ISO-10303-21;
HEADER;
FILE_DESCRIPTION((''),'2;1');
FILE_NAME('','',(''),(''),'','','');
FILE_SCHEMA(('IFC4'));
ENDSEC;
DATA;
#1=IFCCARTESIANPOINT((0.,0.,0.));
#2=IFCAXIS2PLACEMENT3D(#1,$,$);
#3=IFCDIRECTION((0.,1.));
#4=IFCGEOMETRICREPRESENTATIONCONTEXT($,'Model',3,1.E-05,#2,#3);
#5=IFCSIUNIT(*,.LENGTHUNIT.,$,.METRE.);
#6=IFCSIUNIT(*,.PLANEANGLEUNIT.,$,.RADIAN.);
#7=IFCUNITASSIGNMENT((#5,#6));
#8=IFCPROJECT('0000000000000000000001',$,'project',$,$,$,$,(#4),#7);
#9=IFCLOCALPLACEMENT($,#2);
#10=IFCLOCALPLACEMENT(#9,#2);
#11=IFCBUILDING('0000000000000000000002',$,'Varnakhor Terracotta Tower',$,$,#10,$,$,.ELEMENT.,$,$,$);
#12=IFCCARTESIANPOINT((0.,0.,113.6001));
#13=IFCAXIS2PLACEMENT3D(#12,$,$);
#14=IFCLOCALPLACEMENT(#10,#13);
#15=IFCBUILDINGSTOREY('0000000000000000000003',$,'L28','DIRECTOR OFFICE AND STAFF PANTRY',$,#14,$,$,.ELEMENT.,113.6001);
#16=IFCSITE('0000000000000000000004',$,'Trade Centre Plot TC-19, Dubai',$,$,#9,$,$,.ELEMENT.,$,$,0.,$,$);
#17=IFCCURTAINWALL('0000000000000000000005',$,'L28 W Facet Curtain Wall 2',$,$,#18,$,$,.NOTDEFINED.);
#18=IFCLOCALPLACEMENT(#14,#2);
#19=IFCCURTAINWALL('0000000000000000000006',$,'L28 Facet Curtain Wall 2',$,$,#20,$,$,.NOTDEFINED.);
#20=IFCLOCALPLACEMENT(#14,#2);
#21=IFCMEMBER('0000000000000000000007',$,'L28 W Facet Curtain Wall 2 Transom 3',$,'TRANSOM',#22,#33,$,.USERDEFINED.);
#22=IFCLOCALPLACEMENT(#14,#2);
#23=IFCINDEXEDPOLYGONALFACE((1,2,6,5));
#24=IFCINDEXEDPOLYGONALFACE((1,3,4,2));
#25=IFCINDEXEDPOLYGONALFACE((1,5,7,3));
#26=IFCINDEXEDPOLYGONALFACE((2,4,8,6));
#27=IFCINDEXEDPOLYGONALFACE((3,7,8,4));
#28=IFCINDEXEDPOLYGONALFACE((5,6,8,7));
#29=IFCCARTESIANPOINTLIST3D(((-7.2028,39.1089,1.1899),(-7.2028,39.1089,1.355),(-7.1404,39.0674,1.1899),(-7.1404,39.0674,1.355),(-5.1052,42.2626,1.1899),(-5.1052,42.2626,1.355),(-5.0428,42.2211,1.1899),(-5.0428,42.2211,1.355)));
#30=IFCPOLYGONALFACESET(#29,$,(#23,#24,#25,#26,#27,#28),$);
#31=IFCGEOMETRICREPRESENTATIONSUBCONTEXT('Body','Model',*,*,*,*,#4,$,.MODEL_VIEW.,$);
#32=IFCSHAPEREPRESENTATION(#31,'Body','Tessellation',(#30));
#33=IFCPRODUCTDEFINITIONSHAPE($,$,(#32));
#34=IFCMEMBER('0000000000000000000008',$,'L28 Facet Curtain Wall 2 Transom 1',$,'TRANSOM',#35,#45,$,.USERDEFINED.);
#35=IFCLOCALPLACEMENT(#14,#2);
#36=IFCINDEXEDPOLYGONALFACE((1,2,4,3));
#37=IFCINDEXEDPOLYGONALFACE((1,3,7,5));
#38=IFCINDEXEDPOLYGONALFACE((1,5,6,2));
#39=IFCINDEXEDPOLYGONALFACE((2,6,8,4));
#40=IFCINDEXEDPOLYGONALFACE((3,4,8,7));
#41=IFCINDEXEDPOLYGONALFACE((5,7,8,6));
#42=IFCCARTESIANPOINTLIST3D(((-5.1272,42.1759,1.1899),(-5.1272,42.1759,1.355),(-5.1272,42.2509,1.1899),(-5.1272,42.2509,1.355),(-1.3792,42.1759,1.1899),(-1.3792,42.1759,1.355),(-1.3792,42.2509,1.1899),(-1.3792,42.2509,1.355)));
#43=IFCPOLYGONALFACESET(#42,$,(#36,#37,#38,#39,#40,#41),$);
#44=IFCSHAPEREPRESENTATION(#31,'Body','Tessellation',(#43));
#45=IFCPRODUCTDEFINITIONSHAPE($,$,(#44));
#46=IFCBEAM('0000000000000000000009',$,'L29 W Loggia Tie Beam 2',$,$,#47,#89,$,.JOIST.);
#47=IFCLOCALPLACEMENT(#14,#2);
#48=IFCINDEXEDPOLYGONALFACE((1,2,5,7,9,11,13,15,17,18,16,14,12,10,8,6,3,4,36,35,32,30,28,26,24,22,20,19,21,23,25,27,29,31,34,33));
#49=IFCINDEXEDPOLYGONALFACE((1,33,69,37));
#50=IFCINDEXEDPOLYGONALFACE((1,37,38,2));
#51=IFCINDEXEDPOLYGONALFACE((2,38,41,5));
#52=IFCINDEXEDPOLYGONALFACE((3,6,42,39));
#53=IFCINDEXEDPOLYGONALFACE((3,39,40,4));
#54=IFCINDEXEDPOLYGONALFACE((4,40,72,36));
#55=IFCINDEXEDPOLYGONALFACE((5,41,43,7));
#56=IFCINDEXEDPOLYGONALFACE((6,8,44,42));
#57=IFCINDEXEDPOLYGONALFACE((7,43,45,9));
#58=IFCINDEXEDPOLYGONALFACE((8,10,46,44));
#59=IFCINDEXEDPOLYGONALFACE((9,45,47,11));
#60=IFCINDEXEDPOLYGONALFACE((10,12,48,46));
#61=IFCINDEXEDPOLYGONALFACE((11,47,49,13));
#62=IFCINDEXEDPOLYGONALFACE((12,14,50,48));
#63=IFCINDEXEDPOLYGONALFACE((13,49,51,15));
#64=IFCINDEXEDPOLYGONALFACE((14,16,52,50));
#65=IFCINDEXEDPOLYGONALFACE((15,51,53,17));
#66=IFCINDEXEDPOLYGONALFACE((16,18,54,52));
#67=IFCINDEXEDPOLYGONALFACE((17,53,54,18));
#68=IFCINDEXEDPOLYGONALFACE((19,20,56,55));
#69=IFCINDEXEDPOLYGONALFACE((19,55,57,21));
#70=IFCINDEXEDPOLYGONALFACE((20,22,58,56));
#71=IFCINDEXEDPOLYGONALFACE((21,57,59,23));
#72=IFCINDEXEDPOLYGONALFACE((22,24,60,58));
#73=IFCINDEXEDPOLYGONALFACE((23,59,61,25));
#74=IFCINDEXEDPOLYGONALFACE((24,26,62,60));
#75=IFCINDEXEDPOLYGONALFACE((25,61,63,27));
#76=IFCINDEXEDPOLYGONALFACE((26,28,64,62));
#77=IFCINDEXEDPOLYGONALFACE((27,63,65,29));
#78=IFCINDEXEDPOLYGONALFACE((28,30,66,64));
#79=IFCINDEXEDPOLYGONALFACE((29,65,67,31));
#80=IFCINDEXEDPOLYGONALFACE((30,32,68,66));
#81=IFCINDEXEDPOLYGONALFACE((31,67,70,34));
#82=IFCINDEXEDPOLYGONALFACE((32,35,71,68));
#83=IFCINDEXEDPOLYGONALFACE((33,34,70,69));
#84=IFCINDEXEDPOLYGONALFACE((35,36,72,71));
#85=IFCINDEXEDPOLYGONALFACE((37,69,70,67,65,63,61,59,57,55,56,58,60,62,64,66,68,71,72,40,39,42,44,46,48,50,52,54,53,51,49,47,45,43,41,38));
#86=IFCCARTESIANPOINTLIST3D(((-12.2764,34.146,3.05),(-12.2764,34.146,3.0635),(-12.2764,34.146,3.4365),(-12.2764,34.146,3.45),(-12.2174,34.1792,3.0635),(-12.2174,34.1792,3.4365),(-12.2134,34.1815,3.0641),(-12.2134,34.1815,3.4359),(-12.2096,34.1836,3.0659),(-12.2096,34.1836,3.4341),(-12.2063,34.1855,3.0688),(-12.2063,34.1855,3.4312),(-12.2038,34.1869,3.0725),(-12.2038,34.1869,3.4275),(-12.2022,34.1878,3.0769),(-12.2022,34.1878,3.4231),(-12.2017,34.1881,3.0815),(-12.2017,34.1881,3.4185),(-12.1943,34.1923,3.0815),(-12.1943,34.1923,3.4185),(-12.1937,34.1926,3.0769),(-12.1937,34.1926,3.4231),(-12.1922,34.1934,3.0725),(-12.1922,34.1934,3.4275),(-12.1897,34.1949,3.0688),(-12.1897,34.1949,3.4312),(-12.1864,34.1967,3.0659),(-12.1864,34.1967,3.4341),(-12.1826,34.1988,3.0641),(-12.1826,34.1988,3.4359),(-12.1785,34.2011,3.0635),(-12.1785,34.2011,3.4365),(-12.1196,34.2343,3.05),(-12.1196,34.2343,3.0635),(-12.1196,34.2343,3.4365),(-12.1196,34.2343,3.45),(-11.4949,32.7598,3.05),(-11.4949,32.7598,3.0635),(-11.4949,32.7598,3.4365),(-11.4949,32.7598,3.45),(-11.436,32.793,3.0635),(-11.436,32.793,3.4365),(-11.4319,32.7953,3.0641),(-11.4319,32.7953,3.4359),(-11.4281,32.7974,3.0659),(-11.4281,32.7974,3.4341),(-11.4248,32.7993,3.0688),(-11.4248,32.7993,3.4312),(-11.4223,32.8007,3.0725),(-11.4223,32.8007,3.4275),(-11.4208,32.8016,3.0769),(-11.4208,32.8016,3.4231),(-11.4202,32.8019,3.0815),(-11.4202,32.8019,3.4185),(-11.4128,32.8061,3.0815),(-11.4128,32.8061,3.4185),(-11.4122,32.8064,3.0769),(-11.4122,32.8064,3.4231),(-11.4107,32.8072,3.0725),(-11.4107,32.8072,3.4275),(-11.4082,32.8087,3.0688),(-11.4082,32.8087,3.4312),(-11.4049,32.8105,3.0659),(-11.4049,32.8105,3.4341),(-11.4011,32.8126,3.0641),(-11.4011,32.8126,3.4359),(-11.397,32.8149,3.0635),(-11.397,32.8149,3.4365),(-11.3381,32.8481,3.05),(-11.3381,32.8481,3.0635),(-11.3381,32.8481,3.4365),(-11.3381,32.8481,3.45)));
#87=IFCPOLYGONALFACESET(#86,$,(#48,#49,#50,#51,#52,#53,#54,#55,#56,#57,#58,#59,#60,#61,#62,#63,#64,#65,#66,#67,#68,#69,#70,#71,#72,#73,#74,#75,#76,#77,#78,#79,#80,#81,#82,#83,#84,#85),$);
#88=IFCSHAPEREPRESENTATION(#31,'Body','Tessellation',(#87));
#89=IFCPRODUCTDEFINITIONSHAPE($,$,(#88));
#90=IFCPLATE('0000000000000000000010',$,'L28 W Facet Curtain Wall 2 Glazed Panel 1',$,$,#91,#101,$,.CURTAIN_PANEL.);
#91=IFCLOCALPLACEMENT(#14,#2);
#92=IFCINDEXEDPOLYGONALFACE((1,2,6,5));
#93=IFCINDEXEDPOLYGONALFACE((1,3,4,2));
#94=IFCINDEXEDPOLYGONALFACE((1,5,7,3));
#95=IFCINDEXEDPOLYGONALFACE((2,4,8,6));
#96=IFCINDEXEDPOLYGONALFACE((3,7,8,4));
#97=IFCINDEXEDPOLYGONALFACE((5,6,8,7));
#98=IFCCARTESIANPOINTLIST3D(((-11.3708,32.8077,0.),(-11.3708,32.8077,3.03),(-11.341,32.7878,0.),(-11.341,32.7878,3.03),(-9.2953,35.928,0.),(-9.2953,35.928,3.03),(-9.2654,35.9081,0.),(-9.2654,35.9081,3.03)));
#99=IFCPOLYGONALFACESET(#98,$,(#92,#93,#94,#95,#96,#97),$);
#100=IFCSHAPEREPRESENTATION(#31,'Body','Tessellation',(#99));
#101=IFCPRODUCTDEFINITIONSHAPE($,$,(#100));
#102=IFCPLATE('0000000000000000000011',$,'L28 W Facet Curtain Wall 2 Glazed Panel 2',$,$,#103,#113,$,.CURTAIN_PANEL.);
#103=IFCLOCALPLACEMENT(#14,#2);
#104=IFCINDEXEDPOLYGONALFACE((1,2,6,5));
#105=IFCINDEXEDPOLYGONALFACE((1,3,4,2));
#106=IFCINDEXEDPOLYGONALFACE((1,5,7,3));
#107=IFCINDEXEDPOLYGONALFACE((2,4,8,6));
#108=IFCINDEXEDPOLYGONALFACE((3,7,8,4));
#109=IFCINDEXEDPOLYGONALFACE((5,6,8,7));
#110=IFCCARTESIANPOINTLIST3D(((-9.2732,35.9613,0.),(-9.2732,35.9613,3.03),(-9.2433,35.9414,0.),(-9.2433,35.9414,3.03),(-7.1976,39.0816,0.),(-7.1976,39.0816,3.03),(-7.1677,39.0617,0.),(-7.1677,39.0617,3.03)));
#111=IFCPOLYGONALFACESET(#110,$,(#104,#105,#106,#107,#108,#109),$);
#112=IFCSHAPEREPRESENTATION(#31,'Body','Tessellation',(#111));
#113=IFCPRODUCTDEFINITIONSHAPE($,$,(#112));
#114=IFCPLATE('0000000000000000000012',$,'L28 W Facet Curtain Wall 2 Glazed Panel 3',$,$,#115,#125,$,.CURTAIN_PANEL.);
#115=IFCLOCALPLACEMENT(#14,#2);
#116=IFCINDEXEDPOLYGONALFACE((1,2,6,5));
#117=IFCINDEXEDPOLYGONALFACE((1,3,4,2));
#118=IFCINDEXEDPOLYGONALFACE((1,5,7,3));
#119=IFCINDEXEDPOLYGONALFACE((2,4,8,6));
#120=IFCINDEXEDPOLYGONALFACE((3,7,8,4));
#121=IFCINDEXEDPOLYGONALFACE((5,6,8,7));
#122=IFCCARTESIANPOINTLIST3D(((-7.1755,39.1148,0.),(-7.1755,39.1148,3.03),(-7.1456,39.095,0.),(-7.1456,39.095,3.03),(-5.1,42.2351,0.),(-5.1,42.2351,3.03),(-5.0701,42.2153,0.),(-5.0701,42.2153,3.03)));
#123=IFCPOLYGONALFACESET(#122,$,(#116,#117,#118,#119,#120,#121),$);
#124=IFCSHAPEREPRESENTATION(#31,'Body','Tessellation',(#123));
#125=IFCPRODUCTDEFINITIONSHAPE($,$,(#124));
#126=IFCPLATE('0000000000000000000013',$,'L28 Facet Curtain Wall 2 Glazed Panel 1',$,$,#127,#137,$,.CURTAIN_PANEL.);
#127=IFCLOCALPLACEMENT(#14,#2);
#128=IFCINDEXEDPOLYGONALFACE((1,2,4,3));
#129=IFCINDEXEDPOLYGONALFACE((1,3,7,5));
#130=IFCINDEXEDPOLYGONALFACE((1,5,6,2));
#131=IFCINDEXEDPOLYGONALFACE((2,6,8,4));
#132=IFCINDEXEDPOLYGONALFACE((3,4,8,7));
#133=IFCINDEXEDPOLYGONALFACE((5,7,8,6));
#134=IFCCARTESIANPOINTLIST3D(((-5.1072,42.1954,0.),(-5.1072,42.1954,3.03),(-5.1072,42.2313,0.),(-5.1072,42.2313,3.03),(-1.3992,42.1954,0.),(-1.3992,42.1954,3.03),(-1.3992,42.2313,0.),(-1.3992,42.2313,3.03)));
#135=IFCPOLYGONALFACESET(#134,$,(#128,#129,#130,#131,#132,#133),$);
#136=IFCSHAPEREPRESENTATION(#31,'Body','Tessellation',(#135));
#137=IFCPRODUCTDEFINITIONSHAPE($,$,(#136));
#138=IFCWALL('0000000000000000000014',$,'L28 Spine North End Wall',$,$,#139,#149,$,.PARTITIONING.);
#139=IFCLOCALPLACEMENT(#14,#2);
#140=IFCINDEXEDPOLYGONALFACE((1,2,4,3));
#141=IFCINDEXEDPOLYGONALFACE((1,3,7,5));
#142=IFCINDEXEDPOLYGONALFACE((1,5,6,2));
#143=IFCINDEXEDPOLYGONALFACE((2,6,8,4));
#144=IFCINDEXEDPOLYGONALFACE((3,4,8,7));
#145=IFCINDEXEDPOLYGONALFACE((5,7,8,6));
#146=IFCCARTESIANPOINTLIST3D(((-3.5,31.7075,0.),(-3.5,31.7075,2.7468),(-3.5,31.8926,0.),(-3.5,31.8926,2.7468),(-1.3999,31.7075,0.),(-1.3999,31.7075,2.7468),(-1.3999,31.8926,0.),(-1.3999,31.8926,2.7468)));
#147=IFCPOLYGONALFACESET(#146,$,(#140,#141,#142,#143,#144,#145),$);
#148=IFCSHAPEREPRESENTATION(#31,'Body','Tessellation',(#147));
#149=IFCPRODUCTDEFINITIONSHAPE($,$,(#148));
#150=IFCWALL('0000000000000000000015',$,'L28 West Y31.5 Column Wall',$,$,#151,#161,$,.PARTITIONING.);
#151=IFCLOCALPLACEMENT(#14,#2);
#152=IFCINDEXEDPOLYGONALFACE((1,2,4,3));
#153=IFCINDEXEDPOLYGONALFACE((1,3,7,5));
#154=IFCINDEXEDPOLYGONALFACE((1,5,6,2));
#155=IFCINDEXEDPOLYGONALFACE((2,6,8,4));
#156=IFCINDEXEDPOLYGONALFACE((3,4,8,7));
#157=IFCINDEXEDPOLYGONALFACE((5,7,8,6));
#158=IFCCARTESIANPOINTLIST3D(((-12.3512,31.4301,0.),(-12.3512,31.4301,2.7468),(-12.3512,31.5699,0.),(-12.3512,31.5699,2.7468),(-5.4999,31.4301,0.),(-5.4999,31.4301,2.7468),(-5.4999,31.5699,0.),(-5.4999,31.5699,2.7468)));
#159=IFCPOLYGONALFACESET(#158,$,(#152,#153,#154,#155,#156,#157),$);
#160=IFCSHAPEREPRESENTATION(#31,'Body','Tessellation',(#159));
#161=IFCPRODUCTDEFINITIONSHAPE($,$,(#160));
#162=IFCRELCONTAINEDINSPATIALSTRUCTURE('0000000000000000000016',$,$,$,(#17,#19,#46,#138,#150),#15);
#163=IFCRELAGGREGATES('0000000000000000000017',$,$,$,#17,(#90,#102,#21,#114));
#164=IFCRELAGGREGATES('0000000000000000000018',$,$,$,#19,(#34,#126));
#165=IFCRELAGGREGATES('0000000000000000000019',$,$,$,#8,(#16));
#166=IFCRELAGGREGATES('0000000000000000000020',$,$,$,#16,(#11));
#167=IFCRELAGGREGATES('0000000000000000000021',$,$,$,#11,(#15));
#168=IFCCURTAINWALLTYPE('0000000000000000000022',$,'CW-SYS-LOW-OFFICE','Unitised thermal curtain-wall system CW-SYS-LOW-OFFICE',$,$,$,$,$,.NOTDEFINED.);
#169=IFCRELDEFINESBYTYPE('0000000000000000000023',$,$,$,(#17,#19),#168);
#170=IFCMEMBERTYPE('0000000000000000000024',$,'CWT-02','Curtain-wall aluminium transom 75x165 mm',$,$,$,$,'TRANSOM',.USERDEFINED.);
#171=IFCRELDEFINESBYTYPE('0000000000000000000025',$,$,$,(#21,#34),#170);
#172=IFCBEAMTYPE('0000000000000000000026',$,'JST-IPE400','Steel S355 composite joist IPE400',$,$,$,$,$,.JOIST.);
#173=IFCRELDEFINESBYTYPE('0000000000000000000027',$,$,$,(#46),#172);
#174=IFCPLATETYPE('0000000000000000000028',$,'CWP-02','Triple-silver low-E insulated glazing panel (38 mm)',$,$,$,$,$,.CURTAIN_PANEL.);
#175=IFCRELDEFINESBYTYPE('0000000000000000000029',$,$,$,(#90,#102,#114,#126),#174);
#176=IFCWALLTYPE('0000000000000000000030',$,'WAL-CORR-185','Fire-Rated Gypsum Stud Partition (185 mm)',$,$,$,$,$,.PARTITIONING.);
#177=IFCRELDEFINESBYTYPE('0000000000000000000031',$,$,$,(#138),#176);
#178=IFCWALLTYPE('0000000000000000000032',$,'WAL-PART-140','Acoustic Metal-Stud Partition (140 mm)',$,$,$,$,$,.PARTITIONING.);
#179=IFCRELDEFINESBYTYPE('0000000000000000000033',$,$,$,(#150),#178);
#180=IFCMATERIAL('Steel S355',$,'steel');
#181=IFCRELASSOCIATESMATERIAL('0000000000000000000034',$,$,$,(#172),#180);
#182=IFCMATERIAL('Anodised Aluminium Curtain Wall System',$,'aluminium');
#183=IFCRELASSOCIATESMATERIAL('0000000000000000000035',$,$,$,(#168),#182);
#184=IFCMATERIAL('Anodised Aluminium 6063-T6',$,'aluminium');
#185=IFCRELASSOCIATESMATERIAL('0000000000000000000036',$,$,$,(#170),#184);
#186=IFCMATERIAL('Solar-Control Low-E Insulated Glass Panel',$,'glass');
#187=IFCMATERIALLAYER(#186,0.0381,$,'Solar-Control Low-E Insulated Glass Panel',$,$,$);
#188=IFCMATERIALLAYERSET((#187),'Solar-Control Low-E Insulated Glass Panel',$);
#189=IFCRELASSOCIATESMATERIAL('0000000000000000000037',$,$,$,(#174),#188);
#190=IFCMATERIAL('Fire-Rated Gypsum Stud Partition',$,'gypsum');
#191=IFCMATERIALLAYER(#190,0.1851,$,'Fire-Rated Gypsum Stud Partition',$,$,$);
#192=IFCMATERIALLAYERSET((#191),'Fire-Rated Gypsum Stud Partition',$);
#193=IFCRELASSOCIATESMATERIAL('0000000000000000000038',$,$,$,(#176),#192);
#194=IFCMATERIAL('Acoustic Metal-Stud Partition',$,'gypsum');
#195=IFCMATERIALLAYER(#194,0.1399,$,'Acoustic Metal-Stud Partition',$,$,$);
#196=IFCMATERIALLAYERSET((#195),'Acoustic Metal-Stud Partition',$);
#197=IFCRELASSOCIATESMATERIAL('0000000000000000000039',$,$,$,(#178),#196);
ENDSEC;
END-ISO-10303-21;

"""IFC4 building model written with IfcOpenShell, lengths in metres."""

from ifc_helpers import new_model, si_unit, direction, frame, frame_2d, origin, origin_2d, place, context, subcontext, project, spatial, rectangle, i_section, extrude, source, transform, mapped, material, layer, layer_set, material_profile, profile_set, type_object, element, aggregate, save


model = new_model("IFC4")

# Units and contexts
model_context = context("Model", 3, precision=1e-05, world=origin(), true_north=direction((0.0, 1.0)))
body_context = subcontext(model_context, "Body", "Model", "MODEL_VIEW")
ifc_project = project(units=[si_unit("LENGTHUNIT", "METRE"), si_unit("PLANEANGLEUNIT", "RADIAN")], contexts=[model_context])

# Site, building, storey
site_placement = place(None, origin())
site = spatial("IfcSite", under=ifc_project, at=site_placement, Name="Trade Centre Plot TC-19, Dubai", CompositionType="ELEMENT", RefElevation=0.0)
building_placement = place(site_placement, origin())
building = spatial("IfcBuilding", under=site, at=building_placement, Name="Varnakhor Terracotta Tower", CompositionType="ELEMENT")
storey_placement = place(building_placement, frame((0.0, 0.0, 113.6001)))
storey = spatial("IfcBuildingStorey", under=building, at=storey_placement, Name="L28", Description="DIRECTOR OFFICE AND STAFF PANTRY", CompositionType="ELEMENT", Elevation=113.6001)

# Shared definitions
ifc_material_1 = material(Name="Steel S355", Category="steel")
ifc_material_profile_1 = material_profile(ifc_material_1, i_section(OverallWidth=0.1799, OverallDepth=0.3999, WebThickness=0.0085, FlangeThickness=0.0134, FilletRadius=0.0181, at=origin_2d()), Name="IPE400")
ifc_profile_set_1 = profile_set([ifc_material_profile_1], Name="Steel S355")
beam_type_1 = type_object("IfcBeamType", Name="JST-IPE400", Description="Steel S355 composite joist IPE400", PredefinedType="JOIST", material=ifc_profile_set_1)

# Curtain wall
ifc_material_2 = material(Name="Anodised Aluminium Curtain Wall System", Category="aluminium")
curtain_wall_type = type_object("IfcCurtainWallType", Name="CW-SYS-LOW-OFFICE", Description="Unitised thermal curtain-wall system CW-SYS-LOW-OFFICE", PredefinedType="NOTDEFINED", material=ifc_material_2)
curtain_wall_1_placement = place(storey_placement, origin())
curtain_wall_1 = element("IfcCurtainWall", 1, at=curtain_wall_1_placement, inside=storey, type_object=curtain_wall_type, Name="L28 W Facet Curtain Wall 2", PredefinedType="NOTDEFINED")
ifc_material_3 = material(Name="Anodised Aluminium 6063-T6", Category="aluminium")

# Curtain wall
curtain_wall_2_placement = place(storey_placement, origin())
curtain_wall_2 = element("IfcCurtainWall", 2, at=curtain_wall_2_placement, inside=storey, type_object=curtain_wall_type, Name="L28 Facet Curtain Wall 2", PredefinedType="NOTDEFINED")

# Members
ifc_material_profile_2 = material_profile(ifc_material_3, rectangle(XDim=0.075, YDim=0.165, at=origin_2d()), Name="ALU TRANSOM 75x165")
ifc_profile_set_2 = profile_set([ifc_material_profile_2], Name="Anodised Aluminium 6063-T6")
member_type_1 = type_object("IfcMemberType", Name="CWT-02", Description="Curtain-wall aluminium transom 75x165 mm", ElementType="TRANSOM", PredefinedType="USERDEFINED", material=ifc_profile_set_2)
shared_shape_1 = source(origin(), body_context, "Body", "SweptSolid", [
    extrude(rectangle(XDim=0.075, YDim=0.165, at=origin_2d()), origin(), (0.0, 0.0, 1.0), 3.7876),
])
member_1_placement = place(storey_placement, frame((-7.1716, 39.0881, 1.2725), z_axis=(0.553807, 0.832645, 0.0), x_axis=(-0.832645, 0.553807, 0.0)))
member_1 = element("IfcMember", 3, at=member_1_placement, type_object=member_type_1, Name="L28 W Facet Curtain Wall 2 Transom 3", ObjectType="TRANSOM", PredefinedType="USERDEFINED", context=body_context, shape_type="MappedRepresentation", body=[
    mapped(shared_shape_1, transform((0.0, 0.0, 0.0), scale=1.0)),
])
shared_shape_2 = source(origin(), body_context, "Body", "SweptSolid", [
    extrude(rectangle(XDim=0.075, YDim=0.165, at=origin_2d()), origin(), (0.0, 0.0, 1.0), 3.748),
])
member_2_placement = place(storey_placement, frame((-5.1272, 42.2134, 1.2725), z_axis=(1.0, 0.0, 0.0), x_axis=(0.0, 1.0, 0.0)))
member_2 = element("IfcMember", 4, at=member_2_placement, type_object=member_type_1, Name="L28 Facet Curtain Wall 2 Transom 1", ObjectType="TRANSOM", PredefinedType="USERDEFINED", context=body_context, shape_type="MappedRepresentation", body=[
    mapped(shared_shape_2, transform((0.0, 0.0, 0.0), scale=1.0)),
])

# Beam
shared_shape_3 = source(origin(), body_context, "Body", "SweptSolid", [
    extrude(i_section(OverallWidth=0.1799, OverallDepth=0.3999, WebThickness=0.0085, FlangeThickness=0.0134, FilletRadius=0.0181, at=origin_2d()), origin(), (0.0, 0.0, 1.0), 1.5913),
])
beam_1_placement = place(storey_placement, frame((-11.4165, 32.804, 3.25), z_axis=(-0.491091, 0.871108, 0.0), x_axis=(-0.871108, -0.491091, 0.0)))
element("IfcBeam", 5, at=beam_1_placement, inside=storey, type_object=beam_type_1, Name="L29 W Loggia Tie Beam 2", PredefinedType="JOIST", context=body_context, shape_type="MappedRepresentation", body=[
    mapped(shared_shape_3, transform((0.0, 0.0, 0.0), scale=1.0)),
])

# Plates
ifc_material_4 = material(Name="Solar-Control Low-E Insulated Glass Panel", Category="glass")
ifc_layer_1 = layer(ifc_material_4, 0.0381, Name="Solar-Control Low-E Insulated Glass Panel")
ifc_layer_set_1 = layer_set([ifc_layer_1], Name="Solar-Control Low-E Insulated Glass Panel")
plate_type = type_object("IfcPlateType", Name="CWP-02", Description="Triple-silver low-E insulated glazing panel (38 mm)", PredefinedType="CURTAIN_PANEL", material=ifc_layer_set_1)
shared_shape_4 = source(origin(), body_context, "Body", "SweptSolid", [
    extrude(rectangle(XDim=3.7476, YDim=0.0359, at=origin_2d()), origin(), (0.0, 0.0, 1.0), 3.03),
])
plate_1_placement = place(storey_placement, frame((-10.3181, 34.3579, 0.0), z_axis=(0.0, 0.0, 1.0), x_axis=(0.553842, 0.832622, 0.0)))
plate_1 = element("IfcPlate", 6, at=plate_1_placement, type_object=plate_type, Name="L28 W Facet Curtain Wall 2 Glazed Panel 1", PredefinedType="CURTAIN_PANEL", context=body_context, shape_type="MappedRepresentation", body=[
    mapped(shared_shape_4, transform((0.0, 0.0, 0.0), scale=1.0)),
])
plate_2_placement = place(storey_placement, frame((-8.2205, 37.5115, 0.0), z_axis=(0.0, 0.0, 1.0), x_axis=(0.553842, 0.832622, 0.0)))
plate_2 = element("IfcPlate", 7, at=plate_2_placement, type_object=plate_type, Name="L28 W Facet Curtain Wall 2 Glazed Panel 2", PredefinedType="CURTAIN_PANEL", context=body_context, shape_type="MappedRepresentation", body=[
    mapped(shared_shape_4, transform((0.0, 0.0, 0.0), scale=1.0)),
])
plate_3_placement = place(storey_placement, frame((-6.1228, 40.665, 0.0), z_axis=(0.0, 0.0, 1.0), x_axis=(0.553842, 0.832622, 0.0)))
plate_3 = element("IfcPlate", 8, at=plate_3_placement, type_object=plate_type, Name="L28 W Facet Curtain Wall 2 Glazed Panel 3", PredefinedType="CURTAIN_PANEL", context=body_context, shape_type="MappedRepresentation", body=[
    mapped(shared_shape_4, transform((0.0, 0.0, 0.0), scale=1.0)),
])
aggregate(curtain_wall_1, [plate_1, plate_2, member_1, plate_3])
shared_shape_5 = source(origin(), body_context, "Body", "SweptSolid", [
    extrude(rectangle(XDim=3.708, YDim=0.0359, at=origin_2d()), origin(), (0.0, 0.0, 1.0), 3.03),
])
plate_4_placement = place(storey_placement, frame((-3.2532, 42.2134, 0.0), z_axis=(0.0, 0.0, 1.0), x_axis=(1.0, 0.0, 0.0)))
plate_4 = element("IfcPlate", 9, at=plate_4_placement, type_object=plate_type, Name="L28 Facet Curtain Wall 2 Glazed Panel 1", PredefinedType="CURTAIN_PANEL", context=body_context, shape_type="MappedRepresentation", body=[
    mapped(shared_shape_5, transform((0.0, 0.0, 0.0), scale=1.0)),
])
aggregate(curtain_wall_2, [member_2, plate_4])

# Walls
ifc_material_5 = material(Name="Fire-Rated Gypsum Stud Partition", Category="gypsum")
ifc_layer_2 = layer(ifc_material_5, 0.1851, Name="Fire-Rated Gypsum Stud Partition")
ifc_layer_set_2 = layer_set([ifc_layer_2], Name="Fire-Rated Gypsum Stud Partition")
wall_type_1 = type_object("IfcWallType", Name="WAL-CORR-185", Description="Fire-Rated Gypsum Stud Partition (185 mm)", PredefinedType="PARTITIONING", material=ifc_layer_set_2)
wall_1_placement = place(storey_placement, frame((-3.5, 31.8, 0.0), z_axis=(0.0, 0.0, 1.0), x_axis=(1.0, 0.0, 0.0)))
element("IfcWall", 10, at=wall_1_placement, inside=storey, type_object=wall_type_1, Name="L28 Spine North End Wall", PredefinedType="PARTITIONING", context=body_context, shape_type="SweptSolid", body=[
    extrude(rectangle(XDim=2.1001, YDim=0.1851, at=frame_2d((1.05, 0.0))), origin(), (0.0, 0.0, 1.0), 2.7468),
])
ifc_material_6 = material(Name="Acoustic Metal-Stud Partition", Category="gypsum")
ifc_layer_3 = layer(ifc_material_6, 0.1399, Name="Acoustic Metal-Stud Partition")
ifc_layer_set_3 = layer_set([ifc_layer_3], Name="Acoustic Metal-Stud Partition")
wall_type_2 = type_object("IfcWallType", Name="WAL-PART-140", Description="Acoustic Metal-Stud Partition (140 mm)", PredefinedType="PARTITIONING", material=ifc_layer_set_3)
wall_2_placement = place(storey_placement, frame((-12.3513, 31.5, 0.0), z_axis=(0.0, 0.0, 1.0), x_axis=(1.0, 0.0, 0.0)))
element("IfcWall", 11, at=wall_2_placement, inside=storey, type_object=wall_type_2, Name="L28 West Y31.5 Column Wall", PredefinedType="PARTITIONING", context=body_context, shape_type="SweptSolid", body=[
    extrude(rectangle(XDim=6.8513, YDim=0.1399, at=frame_2d((3.4258, 0.0))), origin(), (0.0, 0.0, 1.0), 2.7468),
])

save(model, "model.ifc")
